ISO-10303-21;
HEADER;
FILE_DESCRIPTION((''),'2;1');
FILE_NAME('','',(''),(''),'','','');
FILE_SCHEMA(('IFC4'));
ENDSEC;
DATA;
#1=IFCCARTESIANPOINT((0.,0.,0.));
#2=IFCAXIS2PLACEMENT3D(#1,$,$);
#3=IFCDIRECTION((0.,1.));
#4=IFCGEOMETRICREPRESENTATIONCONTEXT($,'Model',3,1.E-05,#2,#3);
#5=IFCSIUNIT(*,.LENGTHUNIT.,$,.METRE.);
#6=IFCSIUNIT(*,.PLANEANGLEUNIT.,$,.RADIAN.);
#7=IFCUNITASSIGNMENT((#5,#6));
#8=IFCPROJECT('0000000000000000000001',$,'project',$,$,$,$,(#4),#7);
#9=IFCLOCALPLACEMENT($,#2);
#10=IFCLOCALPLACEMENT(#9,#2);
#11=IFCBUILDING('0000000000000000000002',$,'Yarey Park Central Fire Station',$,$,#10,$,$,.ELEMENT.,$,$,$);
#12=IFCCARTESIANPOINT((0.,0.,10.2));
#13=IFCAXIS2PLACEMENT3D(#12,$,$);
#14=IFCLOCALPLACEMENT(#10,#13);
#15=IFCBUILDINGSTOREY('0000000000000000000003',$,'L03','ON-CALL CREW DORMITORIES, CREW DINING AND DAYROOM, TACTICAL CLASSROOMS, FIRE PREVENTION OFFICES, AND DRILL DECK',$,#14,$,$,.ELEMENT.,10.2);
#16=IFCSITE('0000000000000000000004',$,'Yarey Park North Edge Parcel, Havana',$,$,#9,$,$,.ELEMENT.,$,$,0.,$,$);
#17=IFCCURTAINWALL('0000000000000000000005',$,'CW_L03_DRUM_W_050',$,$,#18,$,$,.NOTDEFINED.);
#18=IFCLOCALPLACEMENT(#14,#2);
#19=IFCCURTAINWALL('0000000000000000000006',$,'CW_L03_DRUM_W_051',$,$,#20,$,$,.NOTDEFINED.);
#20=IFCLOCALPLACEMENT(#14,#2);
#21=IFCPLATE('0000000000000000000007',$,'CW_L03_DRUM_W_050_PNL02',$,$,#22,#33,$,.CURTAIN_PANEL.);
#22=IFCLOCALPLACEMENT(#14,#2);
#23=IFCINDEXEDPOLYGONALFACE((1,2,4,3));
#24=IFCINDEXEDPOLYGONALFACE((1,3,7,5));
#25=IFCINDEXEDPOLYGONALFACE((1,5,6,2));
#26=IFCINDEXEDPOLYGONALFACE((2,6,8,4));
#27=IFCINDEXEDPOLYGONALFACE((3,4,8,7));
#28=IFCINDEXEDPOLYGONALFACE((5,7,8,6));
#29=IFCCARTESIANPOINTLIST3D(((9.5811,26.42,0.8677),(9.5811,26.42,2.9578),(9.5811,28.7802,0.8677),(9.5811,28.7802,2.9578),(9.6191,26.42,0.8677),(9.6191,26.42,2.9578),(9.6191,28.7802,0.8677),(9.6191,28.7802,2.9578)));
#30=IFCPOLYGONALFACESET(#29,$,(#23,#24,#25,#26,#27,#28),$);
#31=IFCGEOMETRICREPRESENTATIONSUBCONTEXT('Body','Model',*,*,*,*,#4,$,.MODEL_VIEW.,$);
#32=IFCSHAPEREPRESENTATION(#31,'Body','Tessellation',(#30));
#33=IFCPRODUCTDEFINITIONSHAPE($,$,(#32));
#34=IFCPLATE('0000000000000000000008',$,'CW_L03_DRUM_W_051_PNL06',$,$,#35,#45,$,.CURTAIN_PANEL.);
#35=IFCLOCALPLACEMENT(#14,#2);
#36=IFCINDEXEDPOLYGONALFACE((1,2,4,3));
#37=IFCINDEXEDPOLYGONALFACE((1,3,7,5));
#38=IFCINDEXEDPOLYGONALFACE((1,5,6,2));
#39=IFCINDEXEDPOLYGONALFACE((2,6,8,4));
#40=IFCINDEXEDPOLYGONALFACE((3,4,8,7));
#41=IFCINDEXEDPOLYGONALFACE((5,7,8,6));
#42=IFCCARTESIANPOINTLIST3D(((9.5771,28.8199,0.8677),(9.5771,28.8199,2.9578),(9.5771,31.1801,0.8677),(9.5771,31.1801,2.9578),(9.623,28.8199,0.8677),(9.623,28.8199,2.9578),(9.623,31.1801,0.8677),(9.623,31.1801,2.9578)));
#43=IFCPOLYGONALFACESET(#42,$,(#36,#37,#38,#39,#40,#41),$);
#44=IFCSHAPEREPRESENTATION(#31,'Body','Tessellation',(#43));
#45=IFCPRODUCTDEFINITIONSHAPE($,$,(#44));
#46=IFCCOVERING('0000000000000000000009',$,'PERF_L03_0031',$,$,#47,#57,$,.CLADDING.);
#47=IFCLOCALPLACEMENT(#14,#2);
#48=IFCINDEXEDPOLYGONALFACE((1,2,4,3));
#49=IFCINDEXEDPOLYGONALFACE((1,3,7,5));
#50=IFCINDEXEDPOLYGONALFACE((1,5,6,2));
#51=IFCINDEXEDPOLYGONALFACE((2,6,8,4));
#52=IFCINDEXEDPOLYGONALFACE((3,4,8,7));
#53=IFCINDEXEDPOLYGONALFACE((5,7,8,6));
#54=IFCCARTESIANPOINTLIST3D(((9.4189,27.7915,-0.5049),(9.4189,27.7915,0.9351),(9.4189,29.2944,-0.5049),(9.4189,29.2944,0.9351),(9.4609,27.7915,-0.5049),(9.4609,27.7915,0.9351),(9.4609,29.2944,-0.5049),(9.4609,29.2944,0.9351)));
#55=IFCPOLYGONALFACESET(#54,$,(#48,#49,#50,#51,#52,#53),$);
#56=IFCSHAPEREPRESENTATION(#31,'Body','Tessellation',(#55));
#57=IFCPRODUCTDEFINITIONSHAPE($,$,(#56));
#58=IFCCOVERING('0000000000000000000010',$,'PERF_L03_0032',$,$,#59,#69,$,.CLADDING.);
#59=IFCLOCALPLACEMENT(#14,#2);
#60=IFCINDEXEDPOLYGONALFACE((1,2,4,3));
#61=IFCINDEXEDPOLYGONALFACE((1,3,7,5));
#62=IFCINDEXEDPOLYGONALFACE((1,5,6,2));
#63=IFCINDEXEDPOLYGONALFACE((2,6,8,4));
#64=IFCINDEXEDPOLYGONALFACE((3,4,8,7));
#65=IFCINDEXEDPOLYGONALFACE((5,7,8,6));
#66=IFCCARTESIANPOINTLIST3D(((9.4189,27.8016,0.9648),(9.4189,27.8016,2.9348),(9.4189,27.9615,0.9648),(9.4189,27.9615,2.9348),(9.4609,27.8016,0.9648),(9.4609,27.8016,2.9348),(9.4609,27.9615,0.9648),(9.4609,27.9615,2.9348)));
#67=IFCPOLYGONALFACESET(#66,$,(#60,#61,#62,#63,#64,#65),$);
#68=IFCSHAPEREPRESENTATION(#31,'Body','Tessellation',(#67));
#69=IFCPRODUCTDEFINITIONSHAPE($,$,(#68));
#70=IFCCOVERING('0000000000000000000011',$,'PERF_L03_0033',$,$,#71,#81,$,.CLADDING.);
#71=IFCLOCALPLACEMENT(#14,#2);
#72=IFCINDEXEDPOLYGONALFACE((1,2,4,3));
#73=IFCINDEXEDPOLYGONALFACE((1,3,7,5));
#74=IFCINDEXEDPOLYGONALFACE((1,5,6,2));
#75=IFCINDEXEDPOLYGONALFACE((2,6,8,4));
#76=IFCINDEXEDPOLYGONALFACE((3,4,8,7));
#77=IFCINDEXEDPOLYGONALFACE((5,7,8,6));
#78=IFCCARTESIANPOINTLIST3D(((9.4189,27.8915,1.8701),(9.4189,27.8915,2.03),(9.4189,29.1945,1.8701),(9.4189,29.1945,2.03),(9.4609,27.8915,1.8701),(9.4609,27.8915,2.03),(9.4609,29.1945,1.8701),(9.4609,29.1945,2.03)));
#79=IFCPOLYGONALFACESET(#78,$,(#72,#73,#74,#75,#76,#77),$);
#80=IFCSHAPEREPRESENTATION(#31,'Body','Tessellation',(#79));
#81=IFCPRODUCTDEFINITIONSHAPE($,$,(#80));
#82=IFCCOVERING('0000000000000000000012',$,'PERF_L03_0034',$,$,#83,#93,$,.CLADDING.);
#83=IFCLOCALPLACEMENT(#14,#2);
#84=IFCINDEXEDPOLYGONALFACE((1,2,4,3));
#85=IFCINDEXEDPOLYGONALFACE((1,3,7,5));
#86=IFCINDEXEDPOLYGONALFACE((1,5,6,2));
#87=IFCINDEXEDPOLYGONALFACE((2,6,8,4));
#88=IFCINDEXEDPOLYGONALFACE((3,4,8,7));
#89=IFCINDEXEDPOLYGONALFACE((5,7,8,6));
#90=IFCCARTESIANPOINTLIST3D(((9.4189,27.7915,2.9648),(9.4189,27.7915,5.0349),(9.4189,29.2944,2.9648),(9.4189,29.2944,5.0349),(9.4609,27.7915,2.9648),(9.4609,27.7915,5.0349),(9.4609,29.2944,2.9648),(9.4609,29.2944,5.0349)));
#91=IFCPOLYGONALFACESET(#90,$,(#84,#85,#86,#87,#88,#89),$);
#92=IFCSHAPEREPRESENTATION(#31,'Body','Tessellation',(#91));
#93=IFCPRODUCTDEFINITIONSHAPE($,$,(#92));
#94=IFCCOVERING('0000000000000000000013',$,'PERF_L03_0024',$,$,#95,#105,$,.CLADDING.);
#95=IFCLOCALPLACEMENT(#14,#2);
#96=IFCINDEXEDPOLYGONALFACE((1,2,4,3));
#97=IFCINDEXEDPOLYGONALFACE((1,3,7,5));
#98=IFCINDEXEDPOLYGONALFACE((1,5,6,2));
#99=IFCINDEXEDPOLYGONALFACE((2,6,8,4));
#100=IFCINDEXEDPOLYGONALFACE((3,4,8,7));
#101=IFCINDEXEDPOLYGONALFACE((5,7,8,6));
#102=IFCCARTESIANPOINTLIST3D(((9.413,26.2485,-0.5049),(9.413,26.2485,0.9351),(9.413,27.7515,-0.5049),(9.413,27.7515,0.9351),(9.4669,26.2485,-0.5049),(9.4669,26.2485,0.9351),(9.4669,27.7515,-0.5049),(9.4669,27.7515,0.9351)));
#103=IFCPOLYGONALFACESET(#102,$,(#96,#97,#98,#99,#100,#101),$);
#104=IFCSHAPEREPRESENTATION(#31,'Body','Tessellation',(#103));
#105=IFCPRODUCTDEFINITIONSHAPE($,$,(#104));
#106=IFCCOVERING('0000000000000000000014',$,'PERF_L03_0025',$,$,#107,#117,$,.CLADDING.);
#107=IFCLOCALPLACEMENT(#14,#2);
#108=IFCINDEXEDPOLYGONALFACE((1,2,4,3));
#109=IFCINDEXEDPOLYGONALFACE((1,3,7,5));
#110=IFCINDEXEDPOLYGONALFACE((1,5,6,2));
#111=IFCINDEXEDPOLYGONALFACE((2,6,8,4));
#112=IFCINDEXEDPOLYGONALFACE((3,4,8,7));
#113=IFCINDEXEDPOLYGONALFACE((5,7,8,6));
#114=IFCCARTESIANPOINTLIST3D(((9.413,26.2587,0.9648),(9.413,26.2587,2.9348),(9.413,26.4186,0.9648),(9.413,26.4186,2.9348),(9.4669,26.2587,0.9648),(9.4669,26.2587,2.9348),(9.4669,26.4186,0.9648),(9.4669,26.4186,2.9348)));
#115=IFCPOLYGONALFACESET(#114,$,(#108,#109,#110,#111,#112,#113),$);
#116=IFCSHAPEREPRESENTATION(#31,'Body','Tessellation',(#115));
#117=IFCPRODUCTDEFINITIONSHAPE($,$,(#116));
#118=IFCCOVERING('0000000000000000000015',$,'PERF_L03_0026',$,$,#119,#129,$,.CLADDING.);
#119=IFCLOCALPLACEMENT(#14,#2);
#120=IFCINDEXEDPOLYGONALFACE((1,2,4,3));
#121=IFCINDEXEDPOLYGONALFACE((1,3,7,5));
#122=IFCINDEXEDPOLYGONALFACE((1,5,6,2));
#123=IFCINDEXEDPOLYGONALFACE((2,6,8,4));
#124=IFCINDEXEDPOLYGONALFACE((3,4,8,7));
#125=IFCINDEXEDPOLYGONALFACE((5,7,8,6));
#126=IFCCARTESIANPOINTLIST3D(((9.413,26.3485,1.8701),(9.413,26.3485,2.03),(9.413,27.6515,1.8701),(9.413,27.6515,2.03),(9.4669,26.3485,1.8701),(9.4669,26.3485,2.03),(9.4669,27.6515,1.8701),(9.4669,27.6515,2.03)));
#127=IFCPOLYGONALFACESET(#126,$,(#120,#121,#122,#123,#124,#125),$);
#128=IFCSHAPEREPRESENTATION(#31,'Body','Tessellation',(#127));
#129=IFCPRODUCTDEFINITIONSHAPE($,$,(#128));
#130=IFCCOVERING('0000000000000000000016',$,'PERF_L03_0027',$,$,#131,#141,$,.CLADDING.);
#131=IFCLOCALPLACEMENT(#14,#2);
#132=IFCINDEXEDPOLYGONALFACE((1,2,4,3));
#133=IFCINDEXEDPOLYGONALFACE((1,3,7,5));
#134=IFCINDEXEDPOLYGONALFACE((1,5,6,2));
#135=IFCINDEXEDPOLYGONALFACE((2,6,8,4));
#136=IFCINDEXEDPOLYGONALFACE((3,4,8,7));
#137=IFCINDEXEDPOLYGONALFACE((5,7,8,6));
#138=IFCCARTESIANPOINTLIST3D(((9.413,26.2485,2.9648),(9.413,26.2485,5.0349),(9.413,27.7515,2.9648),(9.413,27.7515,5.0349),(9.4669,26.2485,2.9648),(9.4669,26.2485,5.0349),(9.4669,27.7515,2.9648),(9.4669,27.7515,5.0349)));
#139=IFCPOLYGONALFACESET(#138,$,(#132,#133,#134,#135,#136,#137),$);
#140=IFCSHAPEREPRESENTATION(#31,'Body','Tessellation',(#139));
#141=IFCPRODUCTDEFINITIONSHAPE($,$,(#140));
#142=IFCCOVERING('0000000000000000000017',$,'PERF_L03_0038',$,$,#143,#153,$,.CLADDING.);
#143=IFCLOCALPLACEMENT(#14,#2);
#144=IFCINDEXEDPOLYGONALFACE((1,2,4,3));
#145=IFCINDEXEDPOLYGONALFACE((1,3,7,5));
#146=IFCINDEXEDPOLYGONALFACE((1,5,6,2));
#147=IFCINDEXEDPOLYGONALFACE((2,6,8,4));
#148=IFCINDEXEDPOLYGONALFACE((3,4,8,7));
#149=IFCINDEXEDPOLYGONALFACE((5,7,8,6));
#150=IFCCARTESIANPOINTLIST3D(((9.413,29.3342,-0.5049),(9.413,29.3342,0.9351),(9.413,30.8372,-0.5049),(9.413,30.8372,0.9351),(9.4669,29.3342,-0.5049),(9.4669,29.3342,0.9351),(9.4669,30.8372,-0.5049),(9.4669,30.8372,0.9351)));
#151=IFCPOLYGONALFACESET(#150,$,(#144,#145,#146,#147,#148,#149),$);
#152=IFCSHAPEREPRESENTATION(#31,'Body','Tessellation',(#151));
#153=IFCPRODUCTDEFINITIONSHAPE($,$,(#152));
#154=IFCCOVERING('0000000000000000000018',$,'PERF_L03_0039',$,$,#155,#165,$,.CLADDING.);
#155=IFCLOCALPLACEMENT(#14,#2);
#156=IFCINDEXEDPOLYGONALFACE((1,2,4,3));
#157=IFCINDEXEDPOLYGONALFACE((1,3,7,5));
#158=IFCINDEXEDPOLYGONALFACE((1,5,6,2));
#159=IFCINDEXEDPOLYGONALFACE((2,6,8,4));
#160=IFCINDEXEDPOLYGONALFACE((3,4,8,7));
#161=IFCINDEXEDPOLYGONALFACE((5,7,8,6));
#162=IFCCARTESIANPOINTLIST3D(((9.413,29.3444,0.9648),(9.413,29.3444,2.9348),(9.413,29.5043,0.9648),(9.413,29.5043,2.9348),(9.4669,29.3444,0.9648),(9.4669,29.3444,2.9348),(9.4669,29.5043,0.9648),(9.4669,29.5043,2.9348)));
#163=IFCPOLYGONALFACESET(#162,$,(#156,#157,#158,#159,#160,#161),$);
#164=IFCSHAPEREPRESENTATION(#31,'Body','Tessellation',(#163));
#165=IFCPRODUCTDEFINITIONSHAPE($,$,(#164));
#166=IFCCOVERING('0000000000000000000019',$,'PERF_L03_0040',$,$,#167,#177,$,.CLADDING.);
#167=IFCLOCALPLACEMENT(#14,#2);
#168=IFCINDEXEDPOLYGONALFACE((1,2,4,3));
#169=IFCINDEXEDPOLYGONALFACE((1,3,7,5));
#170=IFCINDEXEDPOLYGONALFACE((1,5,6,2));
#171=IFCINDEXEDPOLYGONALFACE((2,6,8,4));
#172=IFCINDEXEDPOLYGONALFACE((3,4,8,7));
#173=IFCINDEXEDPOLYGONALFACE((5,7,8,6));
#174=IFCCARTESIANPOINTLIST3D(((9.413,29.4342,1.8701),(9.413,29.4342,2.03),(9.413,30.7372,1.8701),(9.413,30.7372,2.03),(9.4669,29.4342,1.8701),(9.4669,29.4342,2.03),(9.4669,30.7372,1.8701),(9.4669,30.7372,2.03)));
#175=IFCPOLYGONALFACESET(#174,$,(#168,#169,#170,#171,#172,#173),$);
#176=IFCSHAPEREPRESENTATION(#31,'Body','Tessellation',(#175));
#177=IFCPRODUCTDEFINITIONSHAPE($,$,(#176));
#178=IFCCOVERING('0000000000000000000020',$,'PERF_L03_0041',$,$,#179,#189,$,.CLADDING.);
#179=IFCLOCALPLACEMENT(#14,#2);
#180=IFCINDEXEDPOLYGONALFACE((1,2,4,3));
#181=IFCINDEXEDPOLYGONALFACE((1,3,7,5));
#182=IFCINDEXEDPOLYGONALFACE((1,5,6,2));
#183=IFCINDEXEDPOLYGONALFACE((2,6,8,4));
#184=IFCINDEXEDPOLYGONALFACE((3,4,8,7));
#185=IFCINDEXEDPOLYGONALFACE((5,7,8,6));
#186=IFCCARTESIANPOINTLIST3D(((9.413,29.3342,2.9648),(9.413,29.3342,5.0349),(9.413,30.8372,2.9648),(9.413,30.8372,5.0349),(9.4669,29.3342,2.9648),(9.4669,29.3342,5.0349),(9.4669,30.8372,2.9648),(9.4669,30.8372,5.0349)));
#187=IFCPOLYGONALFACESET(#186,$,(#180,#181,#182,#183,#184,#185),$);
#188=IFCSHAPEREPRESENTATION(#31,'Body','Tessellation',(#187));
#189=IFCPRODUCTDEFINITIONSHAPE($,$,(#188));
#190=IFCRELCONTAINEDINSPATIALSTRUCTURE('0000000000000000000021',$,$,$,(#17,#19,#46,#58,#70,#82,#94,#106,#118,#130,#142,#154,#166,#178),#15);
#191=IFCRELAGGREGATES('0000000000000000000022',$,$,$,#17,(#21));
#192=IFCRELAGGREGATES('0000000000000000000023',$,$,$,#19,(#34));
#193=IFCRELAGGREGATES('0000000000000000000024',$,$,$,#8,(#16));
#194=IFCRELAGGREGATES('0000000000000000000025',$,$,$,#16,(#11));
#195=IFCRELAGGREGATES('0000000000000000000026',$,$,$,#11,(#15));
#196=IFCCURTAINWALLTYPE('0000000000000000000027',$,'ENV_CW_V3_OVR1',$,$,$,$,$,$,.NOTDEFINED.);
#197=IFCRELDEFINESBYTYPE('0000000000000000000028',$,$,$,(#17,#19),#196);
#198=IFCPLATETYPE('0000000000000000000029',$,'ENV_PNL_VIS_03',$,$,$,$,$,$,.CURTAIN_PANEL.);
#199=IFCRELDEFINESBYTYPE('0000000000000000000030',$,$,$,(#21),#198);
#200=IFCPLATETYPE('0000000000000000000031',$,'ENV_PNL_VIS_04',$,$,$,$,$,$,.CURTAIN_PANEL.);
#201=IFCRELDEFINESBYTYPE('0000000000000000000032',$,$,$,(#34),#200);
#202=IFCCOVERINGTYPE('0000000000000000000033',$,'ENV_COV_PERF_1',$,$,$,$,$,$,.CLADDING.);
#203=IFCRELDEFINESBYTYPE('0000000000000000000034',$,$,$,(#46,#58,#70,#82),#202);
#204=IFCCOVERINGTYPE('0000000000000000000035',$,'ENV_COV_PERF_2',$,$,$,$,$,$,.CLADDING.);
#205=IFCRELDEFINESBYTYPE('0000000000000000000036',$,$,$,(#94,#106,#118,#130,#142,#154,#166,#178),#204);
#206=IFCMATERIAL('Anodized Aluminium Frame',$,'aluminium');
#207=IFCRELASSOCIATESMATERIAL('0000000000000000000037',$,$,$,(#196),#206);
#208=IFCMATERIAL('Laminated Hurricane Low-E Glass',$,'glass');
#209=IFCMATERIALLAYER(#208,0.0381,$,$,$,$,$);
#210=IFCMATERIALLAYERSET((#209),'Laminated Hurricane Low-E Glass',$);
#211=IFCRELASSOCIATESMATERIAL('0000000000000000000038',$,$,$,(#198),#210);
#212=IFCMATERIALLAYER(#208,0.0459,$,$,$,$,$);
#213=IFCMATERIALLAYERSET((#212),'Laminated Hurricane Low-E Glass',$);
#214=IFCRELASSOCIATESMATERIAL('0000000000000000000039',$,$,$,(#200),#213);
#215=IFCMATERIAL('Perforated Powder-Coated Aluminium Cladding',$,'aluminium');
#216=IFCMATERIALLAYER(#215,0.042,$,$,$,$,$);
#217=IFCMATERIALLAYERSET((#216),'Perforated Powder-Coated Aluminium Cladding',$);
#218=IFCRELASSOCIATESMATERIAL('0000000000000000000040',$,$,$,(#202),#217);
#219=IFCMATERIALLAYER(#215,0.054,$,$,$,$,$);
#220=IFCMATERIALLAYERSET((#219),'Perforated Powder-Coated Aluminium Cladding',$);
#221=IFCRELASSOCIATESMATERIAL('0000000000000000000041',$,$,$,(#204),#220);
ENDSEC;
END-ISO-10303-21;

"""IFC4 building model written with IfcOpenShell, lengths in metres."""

from ifc_helpers import new_model, si_unit, direction, frame, origin, origin_2d, place, context, subcontext, project, spatial, rectangle, extrude, material, layer, layer_set, type_object, element, aggregate, save


model = new_model("IFC4")

# Units and contexts
model_context = context("Model", 3, precision=1e-05, world=origin(), true_north=direction((0.0, 1.0)))
body_context = subcontext(model_context, "Body", "Model", "MODEL_VIEW")
ifc_project = project(units=[si_unit("LENGTHUNIT", "METRE"), si_unit("PLANEANGLEUNIT", "RADIAN")], contexts=[model_context])

# Site, building, storey
site_placement = place(None, origin())
site = spatial("IfcSite", under=ifc_project, at=site_placement, Name="Yarey Park North Edge Parcel, Havana", CompositionType="ELEMENT", RefElevation=0.0)
building_placement = place(site_placement, origin())
building = spatial("IfcBuilding", under=site, at=building_placement, Name="Yarey Park Central Fire Station", CompositionType="ELEMENT")
storey_placement = place(building_placement, frame((0.0, 0.0, 10.2)))
storey = spatial("IfcBuildingStorey", under=building, at=storey_placement, Name="L03", Description="ON-CALL CREW DORMITORIES, CREW DINING AND DAYROOM, TACTICAL CLASSROOMS, FIRE PREVENTION OFFICES, AND DRILL DECK", CompositionType="ELEMENT", Elevation=10.2)

# Curtain wall
ifc_material_1 = material(Name="Anodized Aluminium Frame", Category="aluminium")
curtain_wall_type = type_object("IfcCurtainWallType", Name="ENV_CW_V3_OVR1", PredefinedType="NOTDEFINED", material=ifc_material_1)
curtain_wall_1_placement = place(storey_placement, origin())
curtain_wall_1 = element("IfcCurtainWall", 1, at=curtain_wall_1_placement, inside=storey, type_object=curtain_wall_type, Name="CW_L03_DRUM_W_050", PredefinedType="NOTDEFINED")

# Curtain wall
curtain_wall_2_placement = place(storey_placement, origin())
curtain_wall_2 = element("IfcCurtainWall", 2, at=curtain_wall_2_placement, inside=storey, type_object=curtain_wall_type, Name="CW_L03_DRUM_W_051", PredefinedType="NOTDEFINED")

# Plates
ifc_material_2 = material(Name="Laminated Hurricane Low-E Glass", Category="glass")
ifc_layer_1 = layer(ifc_material_2, 0.0381)
ifc_layer_set_1 = layer_set([ifc_layer_1], Name="Laminated Hurricane Low-E Glass")
plate_type_1 = type_object("IfcPlateType", Name="ENV_PNL_VIS_03", PredefinedType="CURTAIN_PANEL", material=ifc_layer_set_1)
plate_1_placement = place(storey_placement, frame((9.6001, 27.6001, 0.8677), z_axis=(0.0, 0.0, 1.0), x_axis=(0.0, -1.0, 0.0)))
plate_1 = element("IfcPlate", 3, at=plate_1_placement, type_object=plate_type_1, Name="CW_L03_DRUM_W_050_PNL02", PredefinedType="CURTAIN_PANEL", context=body_context, shape_type="SweptSolid", body=[
    extrude(rectangle(XDim=2.3601, YDim=0.0381, at=origin_2d()), origin(), (0.0, 0.0, 1.0), 2.0901),
])
aggregate(curtain_wall_1, [plate_1])
ifc_layer_2 = layer(ifc_material_2, 0.0459)
ifc_layer_set_2 = layer_set([ifc_layer_2], Name="Laminated Hurricane Low-E Glass")
plate_type_2 = type_object("IfcPlateType", Name="ENV_PNL_VIS_04", PredefinedType="CURTAIN_PANEL", material=ifc_layer_set_2)
plate_2_placement = place(storey_placement, frame((9.6001, 30.0, 0.8677), z_axis=(0.0, 0.0, 1.0), x_axis=(0.0, -1.0, 0.0)))
plate_2 = element("IfcPlate", 4, at=plate_2_placement, type_object=plate_type_2, Name="CW_L03_DRUM_W_051_PNL06", PredefinedType="CURTAIN_PANEL", context=body_context, shape_type="SweptSolid", body=[
    extrude(rectangle(XDim=2.3601, YDim=0.0459, at=origin_2d()), origin(), (0.0, 0.0, 1.0), 2.0901),
])
aggregate(curtain_wall_2, [plate_2])

# Coverings
ifc_material_3 = material(Name="Perforated Powder-Coated Aluminium Cladding", Category="aluminium")
ifc_layer_3 = layer(ifc_material_3, 0.042)
ifc_layer_set_3 = layer_set([ifc_layer_3], Name="Perforated Powder-Coated Aluminium Cladding")
covering_type_1 = type_object("IfcCoveringType", Name="ENV_COV_PERF_1", PredefinedType="CLADDING", material=ifc_layer_set_3)
covering_1_placement = place(storey_placement, frame((9.4399, 28.543, -0.5049), z_axis=(0.0, 0.0, 1.0), x_axis=(0.0, 1.0, 0.0)))
element("IfcCovering", 5, at=covering_1_placement, inside=storey, type_object=covering_type_1, Name="PERF_L03_0031", PredefinedType="CLADDING", context=body_context, shape_type="SweptSolid", body=[
    extrude(rectangle(XDim=1.5029, YDim=0.042, at=origin_2d()), origin(), (0.0, 0.0, 1.0), 1.4399),
])
covering_2_placement = place(storey_placement, frame((9.4399, 27.8816, 0.9648), z_axis=(0.0, 0.0, 1.0), x_axis=(0.0, 1.0, 0.0)))
element("IfcCovering", 6, at=covering_2_placement, inside=storey, type_object=covering_type_1, Name="PERF_L03_0032", PredefinedType="CLADDING", context=body_context, shape_type="SweptSolid", body=[
    extrude(rectangle(XDim=0.1599, YDim=0.042, at=origin_2d()), origin(), (0.0, 0.0, 1.0), 1.97),
])
covering_3_placement = place(storey_placement, frame((9.4399, 28.543, 1.8701), z_axis=(0.0, 0.0, 1.0), x_axis=(0.0, 1.0, 0.0)))
element("IfcCovering", 7, at=covering_3_placement, inside=storey, type_object=covering_type_1, Name="PERF_L03_0033", PredefinedType="CLADDING", context=body_context, shape_type="SweptSolid", body=[
    extrude(rectangle(XDim=1.303, YDim=0.042, at=origin_2d()), origin(), (0.0, 0.0, 1.0), 0.1599),
])
covering_4_placement = place(storey_placement, frame((9.4399, 28.543, 2.9648), z_axis=(0.0, 0.0, 1.0), x_axis=(0.0, 1.0, 0.0)))
element("IfcCovering", 8, at=covering_4_placement, inside=storey, type_object=covering_type_1, Name="PERF_L03_0034", PredefinedType="CLADDING", context=body_context, shape_type="SweptSolid", body=[
    extrude(rectangle(XDim=1.5029, YDim=0.042, at=origin_2d()), origin(), (0.0, 0.0, 1.0), 2.0701),
])
ifc_layer_4 = layer(ifc_material_3, 0.054)
ifc_layer_set_4 = layer_set([ifc_layer_4], Name="Perforated Powder-Coated Aluminium Cladding")
covering_type_2 = type_object("IfcCoveringType", Name="ENV_COV_PERF_2", PredefinedType="CLADDING", material=ifc_layer_set_4)
covering_5_placement = place(storey_placement, frame((9.4399, 27.0, -0.5049), z_axis=(0.0, 0.0, 1.0), x_axis=(0.0, 1.0, 0.0)))
element("IfcCovering", 9, at=covering_5_placement, inside=storey, type_object=covering_type_2, Name="PERF_L03_0024", PredefinedType="CLADDING", context=body_context, shape_type="SweptSolid", body=[
    extrude(rectangle(XDim=1.5029, YDim=0.054, at=origin_2d()), origin(), (0.0, 0.0, 1.0), 1.4399),
])
covering_6_placement = place(storey_placement, frame((9.4399, 26.3386, 0.9648), z_axis=(0.0, 0.0, 1.0), x_axis=(0.0, 1.0, 0.0)))
element("IfcCovering", 10, at=covering_6_placement, inside=storey, type_object=covering_type_2, Name="PERF_L03_0025", PredefinedType="CLADDING", context=body_context, shape_type="SweptSolid", body=[
    extrude(rectangle(XDim=0.1599, YDim=0.054, at=origin_2d()), origin(), (0.0, 0.0, 1.0), 1.97),
])
covering_7_placement = place(storey_placement, frame((9.4399, 27.0, 1.8701), z_axis=(0.0, 0.0, 1.0), x_axis=(0.0, 1.0, 0.0)))
element("IfcCovering", 11, at=covering_7_placement, inside=storey, type_object=covering_type_2, Name="PERF_L03_0026", PredefinedType="CLADDING", context=body_context, shape_type="SweptSolid", body=[
    extrude(rectangle(XDim=1.303, YDim=0.054, at=origin_2d()), origin(), (0.0, 0.0, 1.0), 0.1599),
])
covering_8_placement = place(storey_placement, frame((9.4399, 27.0, 2.9648), z_axis=(0.0, 0.0, 1.0), x_axis=(0.0, 1.0, 0.0)))
element("IfcCovering", 12, at=covering_8_placement, inside=storey, type_object=covering_type_2, Name="PERF_L03_0027", PredefinedType="CLADDING", context=body_context, shape_type="SweptSolid", body=[
    extrude(rectangle(XDim=1.5029, YDim=0.054, at=origin_2d()), origin(), (0.0, 0.0, 1.0), 2.0701),
])
covering_9_placement = place(storey_placement, frame((9.4399, 30.0857, -0.5049), z_axis=(0.0, 0.0, 1.0), x_axis=(0.0, 1.0, 0.0)))
element("IfcCovering", 13, at=covering_9_placement, inside=storey, type_object=covering_type_2, Name="PERF_L03_0038", PredefinedType="CLADDING", context=body_context, shape_type="SweptSolid", body=[
    extrude(rectangle(XDim=1.5029, YDim=0.054, at=origin_2d()), origin(), (0.0, 0.0, 1.0), 1.4399),
])
covering_10_placement = place(storey_placement, frame((9.4399, 29.4243, 0.9648), z_axis=(0.0, 0.0, 1.0), x_axis=(0.0, 1.0, 0.0)))
element("IfcCovering", 14, at=covering_10_placement, inside=storey, type_object=covering_type_2, Name="PERF_L03_0039", PredefinedType="CLADDING", context=body_context, shape_type="SweptSolid", body=[
    extrude(rectangle(XDim=0.1599, YDim=0.054, at=origin_2d()), origin(), (0.0, 0.0, 1.0), 1.97),
])
covering_11_placement = place(storey_placement, frame((9.4399, 30.0857, 1.8701), z_axis=(0.0, 0.0, 1.0), x_axis=(0.0, 1.0, 0.0)))
element("IfcCovering", 15, at=covering_11_placement, inside=storey, type_object=covering_type_2, Name="PERF_L03_0040", PredefinedType="CLADDING", context=body_context, shape_type="SweptSolid", body=[
    extrude(rectangle(XDim=1.303, YDim=0.054, at=origin_2d()), origin(), (0.0, 0.0, 1.0), 0.1599),
])
covering_12_placement = place(storey_placement, frame((9.4399, 30.0857, 2.9648), z_axis=(0.0, 0.0, 1.0), x_axis=(0.0, 1.0, 0.0)))
element("IfcCovering", 16, at=covering_12_placement, inside=storey, type_object=covering_type_2, Name="PERF_L03_0041", PredefinedType="CLADDING", context=body_context, shape_type="SweptSolid", body=[
    extrude(rectangle(XDim=1.5029, YDim=0.054, at=origin_2d()), origin(), (0.0, 0.0, 1.0), 2.0701),
])

save(model, "model.ifc")
